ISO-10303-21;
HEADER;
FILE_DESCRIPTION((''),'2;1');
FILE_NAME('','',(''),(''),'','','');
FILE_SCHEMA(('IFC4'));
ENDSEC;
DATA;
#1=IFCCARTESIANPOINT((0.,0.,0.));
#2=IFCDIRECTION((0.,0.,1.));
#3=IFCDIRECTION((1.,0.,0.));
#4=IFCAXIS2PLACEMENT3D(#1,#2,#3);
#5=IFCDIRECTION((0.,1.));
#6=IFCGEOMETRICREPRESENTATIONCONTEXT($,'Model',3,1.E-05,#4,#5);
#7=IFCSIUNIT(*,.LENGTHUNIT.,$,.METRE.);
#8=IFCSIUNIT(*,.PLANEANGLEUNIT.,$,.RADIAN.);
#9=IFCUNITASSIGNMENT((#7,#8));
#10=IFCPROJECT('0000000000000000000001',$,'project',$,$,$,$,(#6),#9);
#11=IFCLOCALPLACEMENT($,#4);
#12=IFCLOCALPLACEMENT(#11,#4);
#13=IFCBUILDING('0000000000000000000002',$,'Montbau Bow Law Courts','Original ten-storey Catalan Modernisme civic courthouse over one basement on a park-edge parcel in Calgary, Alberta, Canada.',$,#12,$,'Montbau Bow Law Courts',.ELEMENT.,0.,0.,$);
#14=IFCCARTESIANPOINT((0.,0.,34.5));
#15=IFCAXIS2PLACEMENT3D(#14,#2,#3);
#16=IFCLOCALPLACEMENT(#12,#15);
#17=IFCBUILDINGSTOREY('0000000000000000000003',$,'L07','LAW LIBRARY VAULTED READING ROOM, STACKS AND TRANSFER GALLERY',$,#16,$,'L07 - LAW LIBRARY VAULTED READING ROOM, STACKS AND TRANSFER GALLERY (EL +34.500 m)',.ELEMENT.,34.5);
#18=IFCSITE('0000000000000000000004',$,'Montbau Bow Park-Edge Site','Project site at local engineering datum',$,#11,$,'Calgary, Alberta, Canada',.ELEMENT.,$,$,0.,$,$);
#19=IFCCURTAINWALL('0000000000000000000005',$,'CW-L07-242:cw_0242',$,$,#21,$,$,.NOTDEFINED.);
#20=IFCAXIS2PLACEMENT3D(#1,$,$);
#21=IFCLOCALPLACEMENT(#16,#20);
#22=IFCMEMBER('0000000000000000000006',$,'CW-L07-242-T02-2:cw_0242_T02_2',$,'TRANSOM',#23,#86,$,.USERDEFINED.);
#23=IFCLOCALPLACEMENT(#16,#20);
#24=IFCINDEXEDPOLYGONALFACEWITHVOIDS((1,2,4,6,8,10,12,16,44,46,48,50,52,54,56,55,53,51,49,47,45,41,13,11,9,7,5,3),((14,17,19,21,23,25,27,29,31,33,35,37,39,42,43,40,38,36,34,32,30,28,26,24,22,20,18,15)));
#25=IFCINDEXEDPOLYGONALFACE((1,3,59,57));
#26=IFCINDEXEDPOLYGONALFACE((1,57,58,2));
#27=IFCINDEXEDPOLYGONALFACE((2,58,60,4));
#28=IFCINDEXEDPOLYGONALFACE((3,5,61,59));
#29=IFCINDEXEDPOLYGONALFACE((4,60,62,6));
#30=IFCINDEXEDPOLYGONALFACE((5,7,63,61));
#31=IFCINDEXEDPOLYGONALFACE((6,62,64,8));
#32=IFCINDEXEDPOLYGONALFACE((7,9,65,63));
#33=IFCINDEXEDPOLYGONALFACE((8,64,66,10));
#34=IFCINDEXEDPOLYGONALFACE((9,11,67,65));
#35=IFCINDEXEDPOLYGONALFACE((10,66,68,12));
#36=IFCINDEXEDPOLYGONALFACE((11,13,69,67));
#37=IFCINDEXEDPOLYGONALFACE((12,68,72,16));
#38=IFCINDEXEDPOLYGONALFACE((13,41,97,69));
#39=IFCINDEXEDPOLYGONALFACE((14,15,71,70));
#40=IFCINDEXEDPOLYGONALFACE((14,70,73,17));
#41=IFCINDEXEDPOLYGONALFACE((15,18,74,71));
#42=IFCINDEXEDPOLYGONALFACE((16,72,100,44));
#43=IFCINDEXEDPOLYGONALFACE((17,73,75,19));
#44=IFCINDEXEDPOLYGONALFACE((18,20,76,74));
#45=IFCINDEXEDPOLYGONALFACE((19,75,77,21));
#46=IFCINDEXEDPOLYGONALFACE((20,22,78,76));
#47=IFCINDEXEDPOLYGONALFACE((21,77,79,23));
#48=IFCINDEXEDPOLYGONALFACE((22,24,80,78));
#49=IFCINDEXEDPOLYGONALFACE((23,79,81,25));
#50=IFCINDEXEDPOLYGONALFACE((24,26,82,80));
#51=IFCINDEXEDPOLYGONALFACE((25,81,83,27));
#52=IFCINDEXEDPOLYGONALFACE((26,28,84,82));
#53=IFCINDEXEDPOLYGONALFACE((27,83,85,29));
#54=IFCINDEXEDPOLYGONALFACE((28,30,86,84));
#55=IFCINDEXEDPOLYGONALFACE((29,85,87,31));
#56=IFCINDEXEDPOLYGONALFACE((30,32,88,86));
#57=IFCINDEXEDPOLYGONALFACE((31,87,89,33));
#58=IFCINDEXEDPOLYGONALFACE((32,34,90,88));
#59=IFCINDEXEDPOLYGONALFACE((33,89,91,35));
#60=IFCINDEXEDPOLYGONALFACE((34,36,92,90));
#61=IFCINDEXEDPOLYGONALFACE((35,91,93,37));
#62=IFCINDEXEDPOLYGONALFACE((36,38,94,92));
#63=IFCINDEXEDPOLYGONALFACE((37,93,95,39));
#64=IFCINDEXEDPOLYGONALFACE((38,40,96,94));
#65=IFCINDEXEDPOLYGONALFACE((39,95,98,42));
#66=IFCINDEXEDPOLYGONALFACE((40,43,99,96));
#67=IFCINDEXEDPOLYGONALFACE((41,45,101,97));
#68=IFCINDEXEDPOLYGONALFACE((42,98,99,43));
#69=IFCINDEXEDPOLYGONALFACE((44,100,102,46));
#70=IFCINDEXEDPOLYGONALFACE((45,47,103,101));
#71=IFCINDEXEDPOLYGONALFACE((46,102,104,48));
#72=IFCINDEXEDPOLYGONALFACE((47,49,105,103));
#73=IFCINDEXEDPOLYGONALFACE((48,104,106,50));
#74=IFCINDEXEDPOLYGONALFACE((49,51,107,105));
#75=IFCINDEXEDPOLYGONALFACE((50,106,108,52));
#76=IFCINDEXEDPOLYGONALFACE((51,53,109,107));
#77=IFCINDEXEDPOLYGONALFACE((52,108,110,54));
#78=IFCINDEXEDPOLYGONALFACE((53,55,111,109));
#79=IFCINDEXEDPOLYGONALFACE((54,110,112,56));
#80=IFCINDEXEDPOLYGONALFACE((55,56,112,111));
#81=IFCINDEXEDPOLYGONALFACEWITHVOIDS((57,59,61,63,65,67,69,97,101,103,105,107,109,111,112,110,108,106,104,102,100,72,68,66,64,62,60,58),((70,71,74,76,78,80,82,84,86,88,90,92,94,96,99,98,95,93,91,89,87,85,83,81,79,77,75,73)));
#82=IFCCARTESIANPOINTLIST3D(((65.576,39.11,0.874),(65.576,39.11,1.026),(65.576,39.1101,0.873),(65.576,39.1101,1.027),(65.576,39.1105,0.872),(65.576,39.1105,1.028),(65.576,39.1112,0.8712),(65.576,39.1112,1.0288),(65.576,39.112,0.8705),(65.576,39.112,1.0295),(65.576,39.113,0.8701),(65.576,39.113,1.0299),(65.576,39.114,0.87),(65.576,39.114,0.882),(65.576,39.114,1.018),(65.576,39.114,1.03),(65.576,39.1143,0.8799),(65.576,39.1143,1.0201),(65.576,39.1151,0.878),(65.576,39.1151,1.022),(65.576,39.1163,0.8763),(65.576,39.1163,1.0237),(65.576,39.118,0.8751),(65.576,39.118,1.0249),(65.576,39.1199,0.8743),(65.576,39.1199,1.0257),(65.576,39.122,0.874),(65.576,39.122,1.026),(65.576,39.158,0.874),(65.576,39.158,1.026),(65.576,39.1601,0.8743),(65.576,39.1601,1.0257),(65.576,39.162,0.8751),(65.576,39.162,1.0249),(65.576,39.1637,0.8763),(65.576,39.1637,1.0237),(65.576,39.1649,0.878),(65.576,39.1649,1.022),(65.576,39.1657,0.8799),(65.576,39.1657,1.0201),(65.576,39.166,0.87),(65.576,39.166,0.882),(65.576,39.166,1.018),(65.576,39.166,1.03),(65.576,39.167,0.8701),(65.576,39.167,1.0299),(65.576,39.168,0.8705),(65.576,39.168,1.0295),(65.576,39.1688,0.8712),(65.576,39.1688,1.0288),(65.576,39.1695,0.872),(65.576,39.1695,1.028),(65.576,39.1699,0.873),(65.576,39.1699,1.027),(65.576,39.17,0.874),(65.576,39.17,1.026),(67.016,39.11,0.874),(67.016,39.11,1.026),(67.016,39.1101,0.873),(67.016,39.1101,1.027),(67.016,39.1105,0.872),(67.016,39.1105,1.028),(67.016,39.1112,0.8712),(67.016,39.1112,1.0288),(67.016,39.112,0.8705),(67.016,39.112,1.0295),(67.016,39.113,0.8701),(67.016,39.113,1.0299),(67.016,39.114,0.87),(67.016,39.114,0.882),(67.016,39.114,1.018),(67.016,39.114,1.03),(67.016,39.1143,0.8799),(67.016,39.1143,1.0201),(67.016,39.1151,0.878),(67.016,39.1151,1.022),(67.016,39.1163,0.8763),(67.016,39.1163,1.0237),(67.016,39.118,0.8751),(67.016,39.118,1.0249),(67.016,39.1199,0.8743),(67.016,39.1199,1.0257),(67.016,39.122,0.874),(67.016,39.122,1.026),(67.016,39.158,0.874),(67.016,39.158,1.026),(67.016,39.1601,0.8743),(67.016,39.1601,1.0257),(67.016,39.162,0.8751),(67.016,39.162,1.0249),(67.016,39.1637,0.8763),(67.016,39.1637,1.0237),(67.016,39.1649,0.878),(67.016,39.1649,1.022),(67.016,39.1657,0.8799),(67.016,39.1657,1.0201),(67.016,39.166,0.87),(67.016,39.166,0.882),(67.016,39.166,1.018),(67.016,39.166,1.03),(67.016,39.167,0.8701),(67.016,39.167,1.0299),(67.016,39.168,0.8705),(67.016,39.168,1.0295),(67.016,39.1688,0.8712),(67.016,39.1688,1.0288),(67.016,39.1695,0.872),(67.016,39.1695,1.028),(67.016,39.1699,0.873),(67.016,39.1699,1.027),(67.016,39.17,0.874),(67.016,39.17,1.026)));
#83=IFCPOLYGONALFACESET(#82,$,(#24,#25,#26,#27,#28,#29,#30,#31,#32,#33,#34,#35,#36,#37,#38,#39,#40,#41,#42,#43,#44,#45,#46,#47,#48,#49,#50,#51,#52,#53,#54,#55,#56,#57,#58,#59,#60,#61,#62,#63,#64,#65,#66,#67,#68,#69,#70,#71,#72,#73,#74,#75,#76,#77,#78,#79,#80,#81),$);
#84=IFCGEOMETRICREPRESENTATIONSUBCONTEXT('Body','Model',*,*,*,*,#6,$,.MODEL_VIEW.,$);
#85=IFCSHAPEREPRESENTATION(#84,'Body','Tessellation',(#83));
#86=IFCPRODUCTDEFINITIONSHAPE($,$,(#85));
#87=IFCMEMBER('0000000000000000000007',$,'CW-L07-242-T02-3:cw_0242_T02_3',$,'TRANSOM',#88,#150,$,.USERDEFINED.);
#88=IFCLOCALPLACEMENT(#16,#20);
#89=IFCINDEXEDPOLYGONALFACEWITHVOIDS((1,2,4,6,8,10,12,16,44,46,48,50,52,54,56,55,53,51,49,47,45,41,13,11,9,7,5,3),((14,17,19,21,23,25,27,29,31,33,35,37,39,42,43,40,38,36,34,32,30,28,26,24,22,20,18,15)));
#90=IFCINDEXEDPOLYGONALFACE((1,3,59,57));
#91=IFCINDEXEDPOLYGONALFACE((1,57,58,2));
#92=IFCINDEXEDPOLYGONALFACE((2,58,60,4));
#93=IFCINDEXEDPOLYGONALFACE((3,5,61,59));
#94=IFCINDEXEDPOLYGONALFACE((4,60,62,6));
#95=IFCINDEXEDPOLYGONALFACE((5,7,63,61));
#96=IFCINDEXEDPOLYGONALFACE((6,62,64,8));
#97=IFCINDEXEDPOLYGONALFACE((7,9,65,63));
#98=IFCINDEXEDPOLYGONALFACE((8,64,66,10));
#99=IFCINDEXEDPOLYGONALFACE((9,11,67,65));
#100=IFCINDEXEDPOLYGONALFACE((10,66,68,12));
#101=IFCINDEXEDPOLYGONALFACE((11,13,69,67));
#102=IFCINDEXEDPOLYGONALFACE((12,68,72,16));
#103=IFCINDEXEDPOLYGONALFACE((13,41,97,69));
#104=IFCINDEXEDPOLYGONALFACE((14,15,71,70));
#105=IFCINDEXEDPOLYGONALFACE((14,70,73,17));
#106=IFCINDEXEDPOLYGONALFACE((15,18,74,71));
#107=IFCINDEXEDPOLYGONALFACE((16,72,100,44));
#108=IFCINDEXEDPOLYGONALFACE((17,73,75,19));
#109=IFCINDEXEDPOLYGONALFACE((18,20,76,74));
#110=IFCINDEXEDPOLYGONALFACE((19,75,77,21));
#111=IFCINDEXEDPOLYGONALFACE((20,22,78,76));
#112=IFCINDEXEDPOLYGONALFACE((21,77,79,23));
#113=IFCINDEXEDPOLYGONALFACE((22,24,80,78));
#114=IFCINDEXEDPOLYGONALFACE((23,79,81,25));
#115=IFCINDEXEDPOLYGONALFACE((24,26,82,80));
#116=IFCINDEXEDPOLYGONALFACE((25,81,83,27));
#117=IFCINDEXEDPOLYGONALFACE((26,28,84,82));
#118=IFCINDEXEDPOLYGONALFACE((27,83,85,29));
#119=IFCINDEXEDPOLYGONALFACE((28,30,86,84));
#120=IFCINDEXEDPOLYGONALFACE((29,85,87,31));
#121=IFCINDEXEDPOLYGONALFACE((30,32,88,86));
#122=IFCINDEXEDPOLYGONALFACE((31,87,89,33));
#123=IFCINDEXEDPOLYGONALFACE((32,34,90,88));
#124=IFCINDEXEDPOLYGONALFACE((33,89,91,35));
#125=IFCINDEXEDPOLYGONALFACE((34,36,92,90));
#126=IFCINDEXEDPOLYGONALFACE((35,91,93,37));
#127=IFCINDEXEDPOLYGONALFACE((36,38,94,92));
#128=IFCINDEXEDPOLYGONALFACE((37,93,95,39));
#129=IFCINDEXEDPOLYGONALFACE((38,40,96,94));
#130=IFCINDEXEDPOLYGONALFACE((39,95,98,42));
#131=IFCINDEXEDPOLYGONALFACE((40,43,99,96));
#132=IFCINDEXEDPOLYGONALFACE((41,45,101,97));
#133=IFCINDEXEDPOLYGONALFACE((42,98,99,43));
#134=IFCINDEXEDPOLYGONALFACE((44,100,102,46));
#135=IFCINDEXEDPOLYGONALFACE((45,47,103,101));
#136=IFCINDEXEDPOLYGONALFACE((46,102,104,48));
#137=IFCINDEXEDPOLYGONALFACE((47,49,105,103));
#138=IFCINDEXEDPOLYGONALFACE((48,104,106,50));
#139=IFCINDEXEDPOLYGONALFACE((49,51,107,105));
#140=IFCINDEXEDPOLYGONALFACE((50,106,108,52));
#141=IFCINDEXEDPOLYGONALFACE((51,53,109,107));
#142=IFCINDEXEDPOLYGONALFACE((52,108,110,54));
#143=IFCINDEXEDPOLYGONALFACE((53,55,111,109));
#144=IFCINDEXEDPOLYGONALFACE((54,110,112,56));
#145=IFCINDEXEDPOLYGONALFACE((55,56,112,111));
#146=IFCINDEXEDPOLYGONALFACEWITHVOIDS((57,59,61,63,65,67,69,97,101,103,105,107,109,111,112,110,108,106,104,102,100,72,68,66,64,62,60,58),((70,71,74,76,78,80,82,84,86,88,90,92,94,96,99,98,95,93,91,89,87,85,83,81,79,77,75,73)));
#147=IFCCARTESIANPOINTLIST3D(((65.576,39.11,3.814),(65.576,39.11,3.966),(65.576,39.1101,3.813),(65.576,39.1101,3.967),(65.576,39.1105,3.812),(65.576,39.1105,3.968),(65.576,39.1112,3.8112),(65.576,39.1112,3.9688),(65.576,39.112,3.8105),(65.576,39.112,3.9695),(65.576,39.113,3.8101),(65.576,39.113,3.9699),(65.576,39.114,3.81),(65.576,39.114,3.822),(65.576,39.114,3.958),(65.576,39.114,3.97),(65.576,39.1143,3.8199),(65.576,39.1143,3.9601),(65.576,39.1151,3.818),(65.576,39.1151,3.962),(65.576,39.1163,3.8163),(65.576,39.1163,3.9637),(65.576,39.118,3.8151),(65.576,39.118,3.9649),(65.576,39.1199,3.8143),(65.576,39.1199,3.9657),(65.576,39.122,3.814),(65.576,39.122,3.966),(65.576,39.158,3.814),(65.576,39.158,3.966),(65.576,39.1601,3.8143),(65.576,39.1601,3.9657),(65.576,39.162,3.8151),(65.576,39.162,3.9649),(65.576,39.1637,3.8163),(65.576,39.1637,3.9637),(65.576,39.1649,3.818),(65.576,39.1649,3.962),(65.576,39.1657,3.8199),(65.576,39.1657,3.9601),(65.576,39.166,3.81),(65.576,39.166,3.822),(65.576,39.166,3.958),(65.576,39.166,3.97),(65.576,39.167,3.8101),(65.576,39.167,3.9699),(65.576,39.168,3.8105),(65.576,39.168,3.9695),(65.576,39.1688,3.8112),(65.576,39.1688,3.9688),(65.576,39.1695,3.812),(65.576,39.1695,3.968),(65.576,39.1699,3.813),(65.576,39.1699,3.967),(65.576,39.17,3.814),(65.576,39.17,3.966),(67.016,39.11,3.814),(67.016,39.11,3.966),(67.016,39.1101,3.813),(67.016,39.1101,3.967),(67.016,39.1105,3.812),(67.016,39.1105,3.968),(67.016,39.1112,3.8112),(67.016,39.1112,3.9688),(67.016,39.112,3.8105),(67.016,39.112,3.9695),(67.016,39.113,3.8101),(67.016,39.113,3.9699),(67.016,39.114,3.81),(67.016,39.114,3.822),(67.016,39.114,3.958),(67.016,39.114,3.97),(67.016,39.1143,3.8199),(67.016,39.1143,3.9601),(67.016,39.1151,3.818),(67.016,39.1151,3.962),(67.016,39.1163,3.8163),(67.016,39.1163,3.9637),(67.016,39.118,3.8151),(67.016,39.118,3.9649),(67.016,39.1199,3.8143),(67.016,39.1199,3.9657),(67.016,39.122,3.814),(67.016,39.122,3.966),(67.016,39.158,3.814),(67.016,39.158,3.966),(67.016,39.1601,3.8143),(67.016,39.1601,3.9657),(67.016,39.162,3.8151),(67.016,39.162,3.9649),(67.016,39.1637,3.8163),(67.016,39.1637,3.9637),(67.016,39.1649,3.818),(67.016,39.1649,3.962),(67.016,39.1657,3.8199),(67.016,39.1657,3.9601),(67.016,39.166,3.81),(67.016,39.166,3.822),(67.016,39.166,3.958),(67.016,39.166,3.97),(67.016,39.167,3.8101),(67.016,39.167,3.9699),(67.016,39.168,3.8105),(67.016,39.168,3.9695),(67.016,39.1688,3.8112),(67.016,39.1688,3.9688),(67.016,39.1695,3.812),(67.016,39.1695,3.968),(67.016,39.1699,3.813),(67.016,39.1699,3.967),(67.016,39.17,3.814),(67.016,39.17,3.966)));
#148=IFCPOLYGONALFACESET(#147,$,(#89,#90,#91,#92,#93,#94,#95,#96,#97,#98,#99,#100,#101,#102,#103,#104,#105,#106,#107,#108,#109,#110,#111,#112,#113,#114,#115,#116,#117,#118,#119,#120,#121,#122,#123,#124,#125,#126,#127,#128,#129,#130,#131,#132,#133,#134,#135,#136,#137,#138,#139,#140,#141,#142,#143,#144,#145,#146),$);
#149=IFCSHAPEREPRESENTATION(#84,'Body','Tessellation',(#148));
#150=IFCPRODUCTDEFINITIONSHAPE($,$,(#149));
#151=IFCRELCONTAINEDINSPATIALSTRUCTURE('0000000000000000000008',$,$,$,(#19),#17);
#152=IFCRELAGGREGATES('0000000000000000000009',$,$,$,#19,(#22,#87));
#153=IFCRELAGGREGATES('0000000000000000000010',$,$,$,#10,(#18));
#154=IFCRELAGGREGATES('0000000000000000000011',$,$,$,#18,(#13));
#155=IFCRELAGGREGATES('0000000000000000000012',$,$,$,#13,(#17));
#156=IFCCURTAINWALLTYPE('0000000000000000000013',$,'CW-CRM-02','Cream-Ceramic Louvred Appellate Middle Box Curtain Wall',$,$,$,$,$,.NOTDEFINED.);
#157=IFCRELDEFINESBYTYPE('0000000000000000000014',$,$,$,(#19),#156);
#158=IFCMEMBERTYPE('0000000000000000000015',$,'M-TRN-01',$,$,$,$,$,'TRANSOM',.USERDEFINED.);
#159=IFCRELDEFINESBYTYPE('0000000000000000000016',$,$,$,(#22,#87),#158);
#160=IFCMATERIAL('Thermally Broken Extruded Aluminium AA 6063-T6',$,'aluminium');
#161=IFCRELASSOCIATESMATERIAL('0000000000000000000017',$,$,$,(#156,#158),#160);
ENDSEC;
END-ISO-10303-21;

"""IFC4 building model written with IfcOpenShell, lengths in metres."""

from ifc_helpers import new_model, si_unit, direction, frame, origin_with_axes, origin_2d_with_axis, place, context, subcontext, project, spatial, hollow_rectangle, extrude, material, material_profile, profile_set, type_object, element, aggregate, save


model = new_model("IFC4")

# Units and contexts
model_context = context("Model", 3, precision=1e-05, world=origin_with_axes(), true_north=direction((0.0, 1.0)))
body_context = subcontext(model_context, "Body", "Model", "MODEL_VIEW")
ifc_project = project(units=[si_unit("LENGTHUNIT", "METRE"), si_unit("PLANEANGLEUNIT", "RADIAN")], contexts=[model_context])

# Site, building, storey
site_placement = place(None, origin_with_axes())
site = spatial("IfcSite", under=ifc_project, at=site_placement, Name="Montbau Bow Park-Edge Site", Description="Project site at local engineering datum", LongName="Calgary, Alberta, Canada", CompositionType="ELEMENT", RefElevation=0.0)
building_placement = place(site_placement, origin_with_axes())
building = spatial("IfcBuilding", under=site, at=building_placement, Name="Montbau Bow Law Courts", Description="Original ten-storey Catalan Modernisme civic courthouse over one basement on a park-edge parcel in Calgary, Alberta, Canada.", LongName="Montbau Bow Law Courts", CompositionType="ELEMENT", ElevationOfRefHeight=0.0, ElevationOfTerrain=0.0)
storey_placement = place(building_placement, frame((0.0, 0.0, 34.5), z_axis=(0.0, 0.0, 1.0), x_axis=(1.0, 0.0, 0.0)))
storey = spatial("IfcBuildingStorey", under=building, at=storey_placement, Name="L07", Description="LAW LIBRARY VAULTED READING ROOM, STACKS AND TRANSFER GALLERY", LongName="L07 - LAW LIBRARY VAULTED READING ROOM, STACKS AND TRANSFER GALLERY (EL +34.500 m)", CompositionType="ELEMENT", Elevation=34.5)

# Shared definitions
ifc_material_1 = material(Name="Thermally Broken Extruded Aluminium AA 6063-T6", Category="aluminium")
curtain_wall_type = type_object("IfcCurtainWallType", Name="CW-CRM-02", Description="Cream-Ceramic Louvred Appellate Middle Box Curtain Wall", PredefinedType="NOTDEFINED", material=ifc_material_1)

# Curtain wall, members
curtain_wall_1_placement = place(None, frame((64.04, 39.14, 34.5), z_axis=(0.0, 0.0, 1.0), x_axis=(1.0, 0.0, 0.0)))
curtain_wall_1 = element("IfcCurtainWall", 1, at=curtain_wall_1_placement, inside=storey, type_object=curtain_wall_type, Name="CW-L07-242:cw_0242", PredefinedType="NOTDEFINED")
ifc_material_profile_1 = material_profile(ifc_material_1, hollow_rectangle(XDim=0.06, YDim=0.16, WallThickness=0.004, InnerFilletRadius=0.008, OuterFilletRadius=0.004, at=origin_2d_with_axis()), Name="CWT-160X60", Category="Main", Priority=0)
ifc_profile_set_1 = profile_set([ifc_material_profile_1], Name="Thermally Broken Extruded Aluminium AA 6063-T6")
member_type_1 = type_object("IfcMemberType", Name="M-TRN-01", ElementType="TRANSOM", PredefinedType="USERDEFINED", material=ifc_profile_set_1)
member_1_placement = place(None, frame((65.576, 39.14, 35.45), z_axis=(1.0, 0.0, 0.0), x_axis=(0.0, 1.0, 0.0)))
member_1 = element("IfcMember", 2, at=member_1_placement, type_object=member_type_1, Name="CW-L07-242-T02-2:cw_0242_T02_2", ObjectType="TRANSOM", PredefinedType="USERDEFINED", context=body_context, shape_type="SweptSolid", body=[
    extrude(hollow_rectangle(XDim=0.06, YDim=0.16, WallThickness=0.004, InnerFilletRadius=0.008, OuterFilletRadius=0.004, at=origin_2d_with_axis()), origin_with_axes(), (0.0, 0.0, 1.0), 1.44),
])
member_2_placement = place(None, frame((65.576, 39.14, 38.39), z_axis=(1.0, 0.0, 0.0), x_axis=(0.0, 1.0, 0.0)))
member_2 = element("IfcMember", 3, at=member_2_placement, type_object=member_type_1, Name="CW-L07-242-T02-3:cw_0242_T02_3", ObjectType="TRANSOM", PredefinedType="USERDEFINED", context=body_context, shape_type="SweptSolid", body=[
    extrude(hollow_rectangle(XDim=0.06, YDim=0.16, WallThickness=0.004, InnerFilletRadius=0.008, OuterFilletRadius=0.004, at=origin_2d_with_axis()), origin_with_axes(), (0.0, 0.0, 1.0), 1.44),
])

aggregate(curtain_wall_1, [member_1, member_2])

save(model, "model.ifc")
